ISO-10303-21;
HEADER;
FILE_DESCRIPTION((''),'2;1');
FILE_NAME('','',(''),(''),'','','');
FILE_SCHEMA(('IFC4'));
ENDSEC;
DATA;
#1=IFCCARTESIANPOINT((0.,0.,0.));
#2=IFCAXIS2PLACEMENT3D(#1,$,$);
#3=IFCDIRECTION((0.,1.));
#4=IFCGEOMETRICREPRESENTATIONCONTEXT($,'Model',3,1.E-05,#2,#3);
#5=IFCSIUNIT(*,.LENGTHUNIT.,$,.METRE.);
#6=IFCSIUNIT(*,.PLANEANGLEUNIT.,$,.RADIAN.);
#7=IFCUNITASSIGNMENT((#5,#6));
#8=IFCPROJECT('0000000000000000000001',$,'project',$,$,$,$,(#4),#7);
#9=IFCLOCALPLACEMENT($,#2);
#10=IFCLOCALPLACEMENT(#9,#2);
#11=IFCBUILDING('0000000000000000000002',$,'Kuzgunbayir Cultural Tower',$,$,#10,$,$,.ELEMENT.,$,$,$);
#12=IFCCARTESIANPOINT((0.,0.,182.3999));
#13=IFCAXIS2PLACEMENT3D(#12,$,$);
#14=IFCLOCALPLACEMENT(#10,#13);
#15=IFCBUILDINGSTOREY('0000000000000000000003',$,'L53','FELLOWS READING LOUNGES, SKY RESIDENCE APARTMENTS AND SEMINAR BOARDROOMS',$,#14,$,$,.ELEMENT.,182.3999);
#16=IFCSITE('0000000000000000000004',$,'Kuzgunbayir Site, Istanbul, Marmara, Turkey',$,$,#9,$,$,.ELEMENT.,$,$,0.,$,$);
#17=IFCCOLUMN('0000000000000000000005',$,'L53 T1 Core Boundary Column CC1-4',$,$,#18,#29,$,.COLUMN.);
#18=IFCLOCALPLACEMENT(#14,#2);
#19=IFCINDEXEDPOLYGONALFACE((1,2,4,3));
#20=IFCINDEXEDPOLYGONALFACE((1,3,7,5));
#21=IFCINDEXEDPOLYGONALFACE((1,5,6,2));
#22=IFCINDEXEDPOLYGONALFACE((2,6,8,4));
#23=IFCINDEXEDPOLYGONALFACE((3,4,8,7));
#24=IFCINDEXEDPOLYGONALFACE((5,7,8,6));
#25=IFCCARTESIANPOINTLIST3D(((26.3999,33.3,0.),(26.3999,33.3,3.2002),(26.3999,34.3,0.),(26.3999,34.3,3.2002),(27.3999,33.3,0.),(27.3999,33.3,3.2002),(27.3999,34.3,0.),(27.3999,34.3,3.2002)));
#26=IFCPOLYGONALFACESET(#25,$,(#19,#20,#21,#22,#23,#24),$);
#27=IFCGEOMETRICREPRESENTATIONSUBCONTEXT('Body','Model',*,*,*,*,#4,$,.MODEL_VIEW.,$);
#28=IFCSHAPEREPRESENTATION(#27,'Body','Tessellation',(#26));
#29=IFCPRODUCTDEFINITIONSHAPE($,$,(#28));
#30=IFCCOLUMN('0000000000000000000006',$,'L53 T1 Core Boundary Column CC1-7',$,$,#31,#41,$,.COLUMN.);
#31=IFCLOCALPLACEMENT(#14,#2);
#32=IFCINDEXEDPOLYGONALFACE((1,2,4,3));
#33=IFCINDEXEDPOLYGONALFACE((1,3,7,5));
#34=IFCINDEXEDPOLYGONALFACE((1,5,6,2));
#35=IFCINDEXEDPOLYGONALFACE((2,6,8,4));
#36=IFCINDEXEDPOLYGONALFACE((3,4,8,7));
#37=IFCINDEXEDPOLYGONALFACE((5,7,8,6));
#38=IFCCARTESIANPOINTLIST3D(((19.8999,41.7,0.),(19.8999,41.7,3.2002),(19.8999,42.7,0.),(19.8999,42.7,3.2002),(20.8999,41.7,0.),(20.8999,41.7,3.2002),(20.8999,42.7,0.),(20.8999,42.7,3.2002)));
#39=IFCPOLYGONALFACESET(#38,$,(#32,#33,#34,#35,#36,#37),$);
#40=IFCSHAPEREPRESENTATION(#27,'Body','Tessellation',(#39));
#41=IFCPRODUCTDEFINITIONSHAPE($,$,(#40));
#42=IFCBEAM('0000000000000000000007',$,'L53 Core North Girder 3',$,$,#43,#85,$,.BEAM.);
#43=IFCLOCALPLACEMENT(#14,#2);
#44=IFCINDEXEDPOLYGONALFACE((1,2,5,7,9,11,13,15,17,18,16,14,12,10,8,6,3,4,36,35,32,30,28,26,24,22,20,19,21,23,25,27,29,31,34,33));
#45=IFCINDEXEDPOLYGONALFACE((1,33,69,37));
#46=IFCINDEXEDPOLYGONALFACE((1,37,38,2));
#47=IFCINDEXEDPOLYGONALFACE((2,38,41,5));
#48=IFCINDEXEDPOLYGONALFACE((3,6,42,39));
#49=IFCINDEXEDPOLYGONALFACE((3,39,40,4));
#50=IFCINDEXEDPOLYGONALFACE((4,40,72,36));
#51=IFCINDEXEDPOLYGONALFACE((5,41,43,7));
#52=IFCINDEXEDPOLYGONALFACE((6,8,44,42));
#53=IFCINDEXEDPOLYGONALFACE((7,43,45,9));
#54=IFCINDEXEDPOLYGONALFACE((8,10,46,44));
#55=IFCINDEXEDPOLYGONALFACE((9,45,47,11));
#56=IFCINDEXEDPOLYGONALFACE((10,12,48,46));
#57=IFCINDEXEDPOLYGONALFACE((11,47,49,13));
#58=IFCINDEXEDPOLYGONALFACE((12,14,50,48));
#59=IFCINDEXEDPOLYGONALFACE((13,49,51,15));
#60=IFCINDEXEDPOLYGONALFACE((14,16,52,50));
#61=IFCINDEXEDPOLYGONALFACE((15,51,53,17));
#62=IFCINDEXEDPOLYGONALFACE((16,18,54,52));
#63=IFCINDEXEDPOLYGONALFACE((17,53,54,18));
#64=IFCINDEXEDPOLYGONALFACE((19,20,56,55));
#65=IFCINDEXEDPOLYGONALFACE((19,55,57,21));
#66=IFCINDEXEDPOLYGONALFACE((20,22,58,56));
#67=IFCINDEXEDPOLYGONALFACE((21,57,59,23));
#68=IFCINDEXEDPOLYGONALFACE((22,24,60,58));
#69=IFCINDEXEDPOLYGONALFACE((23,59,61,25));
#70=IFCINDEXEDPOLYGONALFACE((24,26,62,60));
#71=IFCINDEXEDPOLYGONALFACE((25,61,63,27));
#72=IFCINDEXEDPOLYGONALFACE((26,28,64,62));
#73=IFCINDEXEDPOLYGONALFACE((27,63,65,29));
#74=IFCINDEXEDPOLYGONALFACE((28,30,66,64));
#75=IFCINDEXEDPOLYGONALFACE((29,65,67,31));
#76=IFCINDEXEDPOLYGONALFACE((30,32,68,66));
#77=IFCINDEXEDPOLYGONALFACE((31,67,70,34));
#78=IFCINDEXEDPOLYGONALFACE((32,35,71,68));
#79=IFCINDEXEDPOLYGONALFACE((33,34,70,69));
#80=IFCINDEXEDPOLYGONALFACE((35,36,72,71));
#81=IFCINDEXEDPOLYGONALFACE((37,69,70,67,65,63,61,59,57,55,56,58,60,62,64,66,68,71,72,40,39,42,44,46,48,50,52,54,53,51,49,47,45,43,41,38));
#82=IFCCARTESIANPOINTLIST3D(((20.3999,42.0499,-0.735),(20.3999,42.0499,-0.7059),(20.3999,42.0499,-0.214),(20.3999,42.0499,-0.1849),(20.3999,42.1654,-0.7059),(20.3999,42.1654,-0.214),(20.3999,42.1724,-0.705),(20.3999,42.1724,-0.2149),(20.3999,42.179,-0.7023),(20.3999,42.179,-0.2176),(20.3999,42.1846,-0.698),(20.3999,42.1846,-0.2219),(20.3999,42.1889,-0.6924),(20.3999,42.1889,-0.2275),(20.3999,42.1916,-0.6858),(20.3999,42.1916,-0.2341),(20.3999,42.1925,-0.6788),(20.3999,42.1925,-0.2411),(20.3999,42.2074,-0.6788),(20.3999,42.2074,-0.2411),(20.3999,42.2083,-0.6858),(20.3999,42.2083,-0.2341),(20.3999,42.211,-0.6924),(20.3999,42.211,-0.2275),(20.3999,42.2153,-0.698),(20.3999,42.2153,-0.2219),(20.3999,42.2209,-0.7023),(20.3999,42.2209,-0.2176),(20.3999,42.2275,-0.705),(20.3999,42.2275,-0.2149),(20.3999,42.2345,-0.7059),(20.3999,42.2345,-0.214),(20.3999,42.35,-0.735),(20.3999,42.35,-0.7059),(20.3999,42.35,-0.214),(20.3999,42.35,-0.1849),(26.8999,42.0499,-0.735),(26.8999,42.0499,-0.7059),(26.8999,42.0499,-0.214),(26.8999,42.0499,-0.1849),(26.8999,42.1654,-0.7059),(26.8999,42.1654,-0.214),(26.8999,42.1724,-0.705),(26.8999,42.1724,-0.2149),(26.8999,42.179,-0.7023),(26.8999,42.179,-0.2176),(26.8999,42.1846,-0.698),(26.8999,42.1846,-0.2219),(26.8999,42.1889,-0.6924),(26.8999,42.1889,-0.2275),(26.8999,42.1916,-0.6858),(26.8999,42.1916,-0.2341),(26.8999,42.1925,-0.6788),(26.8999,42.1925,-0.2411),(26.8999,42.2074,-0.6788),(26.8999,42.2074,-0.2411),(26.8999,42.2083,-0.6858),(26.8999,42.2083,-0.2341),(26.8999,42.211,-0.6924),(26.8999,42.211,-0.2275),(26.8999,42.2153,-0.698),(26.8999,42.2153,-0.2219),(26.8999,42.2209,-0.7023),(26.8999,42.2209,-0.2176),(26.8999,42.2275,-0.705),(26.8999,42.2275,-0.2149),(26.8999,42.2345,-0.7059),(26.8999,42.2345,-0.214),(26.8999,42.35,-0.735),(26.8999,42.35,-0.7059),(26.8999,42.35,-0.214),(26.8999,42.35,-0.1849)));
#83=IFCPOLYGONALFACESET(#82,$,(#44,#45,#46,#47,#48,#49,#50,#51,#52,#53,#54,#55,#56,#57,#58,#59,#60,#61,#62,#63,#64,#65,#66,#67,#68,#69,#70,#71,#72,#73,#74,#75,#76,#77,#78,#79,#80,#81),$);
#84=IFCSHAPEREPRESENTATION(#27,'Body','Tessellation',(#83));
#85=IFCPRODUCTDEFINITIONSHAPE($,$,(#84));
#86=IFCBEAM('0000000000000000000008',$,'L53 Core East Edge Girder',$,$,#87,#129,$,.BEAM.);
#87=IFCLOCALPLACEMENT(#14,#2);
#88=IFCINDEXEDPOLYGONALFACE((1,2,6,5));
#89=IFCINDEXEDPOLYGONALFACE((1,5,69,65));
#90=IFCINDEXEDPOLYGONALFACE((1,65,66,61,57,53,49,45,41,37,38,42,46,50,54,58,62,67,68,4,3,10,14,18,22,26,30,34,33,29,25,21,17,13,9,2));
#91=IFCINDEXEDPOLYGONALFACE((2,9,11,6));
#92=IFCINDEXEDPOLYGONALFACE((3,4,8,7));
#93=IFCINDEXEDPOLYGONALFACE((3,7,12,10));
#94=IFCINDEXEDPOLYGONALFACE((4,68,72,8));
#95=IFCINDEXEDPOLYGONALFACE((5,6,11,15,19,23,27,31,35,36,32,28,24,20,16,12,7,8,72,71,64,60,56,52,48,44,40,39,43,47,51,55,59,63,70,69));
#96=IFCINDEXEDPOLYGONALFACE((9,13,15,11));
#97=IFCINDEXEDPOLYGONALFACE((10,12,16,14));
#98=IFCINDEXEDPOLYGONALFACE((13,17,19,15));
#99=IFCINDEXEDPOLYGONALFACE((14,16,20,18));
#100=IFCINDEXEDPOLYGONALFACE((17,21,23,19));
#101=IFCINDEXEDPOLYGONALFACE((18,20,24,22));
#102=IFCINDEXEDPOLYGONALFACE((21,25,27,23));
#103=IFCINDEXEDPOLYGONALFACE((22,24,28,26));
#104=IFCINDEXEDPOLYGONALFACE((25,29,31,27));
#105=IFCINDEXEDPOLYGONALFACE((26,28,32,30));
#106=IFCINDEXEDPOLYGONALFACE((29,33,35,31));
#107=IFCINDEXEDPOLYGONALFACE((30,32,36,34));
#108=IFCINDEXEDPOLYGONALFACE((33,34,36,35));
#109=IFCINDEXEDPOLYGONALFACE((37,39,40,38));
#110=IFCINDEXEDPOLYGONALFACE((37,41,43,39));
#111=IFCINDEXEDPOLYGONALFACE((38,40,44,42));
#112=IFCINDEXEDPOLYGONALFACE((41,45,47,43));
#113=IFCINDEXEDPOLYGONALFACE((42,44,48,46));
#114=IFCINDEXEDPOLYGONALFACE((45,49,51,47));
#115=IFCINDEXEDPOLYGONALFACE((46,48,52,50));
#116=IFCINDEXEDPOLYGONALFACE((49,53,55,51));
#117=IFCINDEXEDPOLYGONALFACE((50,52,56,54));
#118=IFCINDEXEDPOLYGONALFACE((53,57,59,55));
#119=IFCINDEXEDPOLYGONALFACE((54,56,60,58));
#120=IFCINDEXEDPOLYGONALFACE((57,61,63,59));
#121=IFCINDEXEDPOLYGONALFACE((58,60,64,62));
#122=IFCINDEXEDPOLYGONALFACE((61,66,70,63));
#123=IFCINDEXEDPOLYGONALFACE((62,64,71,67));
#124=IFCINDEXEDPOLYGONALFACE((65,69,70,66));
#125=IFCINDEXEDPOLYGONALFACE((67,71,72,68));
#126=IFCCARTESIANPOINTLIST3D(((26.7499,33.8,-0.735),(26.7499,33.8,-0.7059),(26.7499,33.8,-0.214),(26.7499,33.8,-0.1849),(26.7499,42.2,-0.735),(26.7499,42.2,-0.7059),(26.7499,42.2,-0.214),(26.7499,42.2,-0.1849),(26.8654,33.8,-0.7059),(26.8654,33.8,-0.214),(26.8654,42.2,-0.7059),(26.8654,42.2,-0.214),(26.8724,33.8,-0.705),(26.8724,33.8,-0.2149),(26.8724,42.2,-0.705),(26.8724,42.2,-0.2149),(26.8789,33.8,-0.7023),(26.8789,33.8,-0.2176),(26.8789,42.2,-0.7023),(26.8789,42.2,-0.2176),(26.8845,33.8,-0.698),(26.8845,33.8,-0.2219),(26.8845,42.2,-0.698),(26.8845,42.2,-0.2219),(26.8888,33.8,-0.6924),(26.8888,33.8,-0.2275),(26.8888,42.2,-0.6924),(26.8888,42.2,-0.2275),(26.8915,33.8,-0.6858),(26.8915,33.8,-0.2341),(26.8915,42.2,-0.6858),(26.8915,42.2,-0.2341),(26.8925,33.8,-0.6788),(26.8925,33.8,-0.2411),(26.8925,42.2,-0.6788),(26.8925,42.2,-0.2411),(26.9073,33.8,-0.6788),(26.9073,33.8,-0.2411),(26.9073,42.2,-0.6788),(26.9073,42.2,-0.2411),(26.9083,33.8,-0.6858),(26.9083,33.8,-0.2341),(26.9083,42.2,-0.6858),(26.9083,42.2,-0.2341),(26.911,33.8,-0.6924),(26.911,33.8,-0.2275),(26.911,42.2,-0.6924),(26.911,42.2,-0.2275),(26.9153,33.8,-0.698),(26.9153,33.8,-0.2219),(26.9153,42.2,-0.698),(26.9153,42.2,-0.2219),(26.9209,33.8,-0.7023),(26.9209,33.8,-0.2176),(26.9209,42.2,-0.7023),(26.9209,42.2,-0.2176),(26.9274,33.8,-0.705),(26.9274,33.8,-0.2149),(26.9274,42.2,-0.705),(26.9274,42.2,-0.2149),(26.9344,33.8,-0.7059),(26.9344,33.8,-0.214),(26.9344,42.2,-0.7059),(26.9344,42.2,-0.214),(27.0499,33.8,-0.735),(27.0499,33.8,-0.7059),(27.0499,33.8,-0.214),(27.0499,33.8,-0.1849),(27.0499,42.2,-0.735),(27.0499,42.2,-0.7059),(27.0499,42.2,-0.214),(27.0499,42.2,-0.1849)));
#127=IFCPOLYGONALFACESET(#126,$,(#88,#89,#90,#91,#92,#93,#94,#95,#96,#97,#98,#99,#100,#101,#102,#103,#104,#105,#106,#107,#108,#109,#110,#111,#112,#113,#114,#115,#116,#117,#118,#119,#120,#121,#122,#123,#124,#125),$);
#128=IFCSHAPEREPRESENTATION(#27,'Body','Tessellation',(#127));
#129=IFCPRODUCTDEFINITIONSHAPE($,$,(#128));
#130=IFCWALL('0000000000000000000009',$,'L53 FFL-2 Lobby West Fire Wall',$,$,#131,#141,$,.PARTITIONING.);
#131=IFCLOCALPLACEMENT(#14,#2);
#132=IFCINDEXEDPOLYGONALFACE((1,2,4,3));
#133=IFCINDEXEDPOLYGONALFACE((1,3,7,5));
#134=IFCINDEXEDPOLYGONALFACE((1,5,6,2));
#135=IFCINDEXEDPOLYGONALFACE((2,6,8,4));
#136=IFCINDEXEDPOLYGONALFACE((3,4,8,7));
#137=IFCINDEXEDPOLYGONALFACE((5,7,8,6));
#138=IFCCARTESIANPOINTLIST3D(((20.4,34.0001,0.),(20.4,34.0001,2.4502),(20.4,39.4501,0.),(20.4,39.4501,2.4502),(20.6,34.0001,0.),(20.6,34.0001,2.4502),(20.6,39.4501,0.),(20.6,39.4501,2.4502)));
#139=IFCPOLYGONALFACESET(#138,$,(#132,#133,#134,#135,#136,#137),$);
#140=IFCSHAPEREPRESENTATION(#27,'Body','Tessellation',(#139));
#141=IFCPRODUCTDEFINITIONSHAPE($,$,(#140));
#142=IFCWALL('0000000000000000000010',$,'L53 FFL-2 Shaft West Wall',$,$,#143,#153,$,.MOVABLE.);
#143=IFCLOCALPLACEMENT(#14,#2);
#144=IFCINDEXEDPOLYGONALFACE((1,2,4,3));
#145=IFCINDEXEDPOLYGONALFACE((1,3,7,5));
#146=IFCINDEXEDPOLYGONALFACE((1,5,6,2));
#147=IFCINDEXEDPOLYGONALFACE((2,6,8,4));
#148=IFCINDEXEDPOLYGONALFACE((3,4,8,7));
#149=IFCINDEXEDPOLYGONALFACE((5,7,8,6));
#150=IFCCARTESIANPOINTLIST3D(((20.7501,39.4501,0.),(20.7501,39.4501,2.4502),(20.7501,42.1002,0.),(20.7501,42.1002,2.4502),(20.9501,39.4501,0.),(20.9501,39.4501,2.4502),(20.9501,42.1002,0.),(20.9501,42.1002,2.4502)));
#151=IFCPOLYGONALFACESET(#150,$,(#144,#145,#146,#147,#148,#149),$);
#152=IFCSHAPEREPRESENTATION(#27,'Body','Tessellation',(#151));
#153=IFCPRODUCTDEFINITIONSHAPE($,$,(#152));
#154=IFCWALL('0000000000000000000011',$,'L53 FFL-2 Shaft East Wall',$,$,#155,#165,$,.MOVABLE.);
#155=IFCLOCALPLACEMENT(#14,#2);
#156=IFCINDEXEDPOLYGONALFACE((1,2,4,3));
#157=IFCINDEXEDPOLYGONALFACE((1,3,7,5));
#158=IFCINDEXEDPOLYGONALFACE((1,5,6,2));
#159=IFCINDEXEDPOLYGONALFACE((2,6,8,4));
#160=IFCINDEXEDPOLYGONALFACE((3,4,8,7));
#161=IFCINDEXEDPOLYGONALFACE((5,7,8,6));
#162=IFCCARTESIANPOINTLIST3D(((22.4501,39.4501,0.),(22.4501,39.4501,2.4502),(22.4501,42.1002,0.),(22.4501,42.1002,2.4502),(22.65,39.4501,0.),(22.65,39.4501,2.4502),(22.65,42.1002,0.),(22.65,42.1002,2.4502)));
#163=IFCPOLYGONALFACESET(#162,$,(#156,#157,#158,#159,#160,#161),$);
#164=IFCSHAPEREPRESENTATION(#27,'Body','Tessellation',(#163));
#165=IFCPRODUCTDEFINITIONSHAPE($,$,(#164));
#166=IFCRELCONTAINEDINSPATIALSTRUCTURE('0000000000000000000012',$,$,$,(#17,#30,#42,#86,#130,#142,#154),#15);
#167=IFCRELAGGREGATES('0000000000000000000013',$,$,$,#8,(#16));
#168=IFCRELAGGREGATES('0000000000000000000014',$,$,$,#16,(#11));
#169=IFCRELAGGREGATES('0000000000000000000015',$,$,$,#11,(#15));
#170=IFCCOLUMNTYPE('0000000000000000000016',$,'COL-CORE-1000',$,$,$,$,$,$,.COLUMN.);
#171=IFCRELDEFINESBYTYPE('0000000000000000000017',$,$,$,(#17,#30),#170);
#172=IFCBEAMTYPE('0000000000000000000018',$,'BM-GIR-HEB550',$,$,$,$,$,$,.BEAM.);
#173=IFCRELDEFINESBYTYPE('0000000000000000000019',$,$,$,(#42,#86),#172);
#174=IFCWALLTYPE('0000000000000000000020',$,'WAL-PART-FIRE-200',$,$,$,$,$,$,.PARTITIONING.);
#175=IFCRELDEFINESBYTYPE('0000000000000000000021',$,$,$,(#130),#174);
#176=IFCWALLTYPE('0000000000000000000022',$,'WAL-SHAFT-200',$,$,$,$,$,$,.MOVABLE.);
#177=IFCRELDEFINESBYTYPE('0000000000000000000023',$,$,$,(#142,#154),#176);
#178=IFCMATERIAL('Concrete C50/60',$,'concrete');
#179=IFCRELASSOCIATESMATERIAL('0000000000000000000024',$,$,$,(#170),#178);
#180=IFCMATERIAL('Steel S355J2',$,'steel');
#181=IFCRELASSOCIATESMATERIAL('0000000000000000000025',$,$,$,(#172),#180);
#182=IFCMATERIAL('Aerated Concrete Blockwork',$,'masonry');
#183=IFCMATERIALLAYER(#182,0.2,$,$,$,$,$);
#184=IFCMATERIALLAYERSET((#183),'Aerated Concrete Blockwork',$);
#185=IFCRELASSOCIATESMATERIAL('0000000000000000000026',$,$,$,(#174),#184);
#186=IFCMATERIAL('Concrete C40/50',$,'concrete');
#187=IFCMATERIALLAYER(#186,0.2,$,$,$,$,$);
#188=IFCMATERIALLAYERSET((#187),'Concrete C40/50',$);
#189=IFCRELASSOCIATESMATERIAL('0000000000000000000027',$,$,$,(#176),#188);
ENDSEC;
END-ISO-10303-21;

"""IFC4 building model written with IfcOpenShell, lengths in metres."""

from ifc_helpers import new_model, si_unit, direction, frame, frame_2d, origin, origin_2d, place, context, subcontext, project, spatial, rectangle, i_section, extrude, material, layer, layer_set, material_profile, profile_set, type_object, element, save


model = new_model("IFC4")

# Units and contexts
model_context = context("Model", 3, precision=1e-05, world=origin(), true_north=direction((0.0, 1.0)))
body_context = subcontext(model_context, "Body", "Model", "MODEL_VIEW")
ifc_project = project(units=[si_unit("LENGTHUNIT", "METRE"), si_unit("PLANEANGLEUNIT", "RADIAN")], contexts=[model_context])

# Site, building, storey
site_placement = place(None, origin())
site = spatial("IfcSite", under=ifc_project, at=site_placement, Name="Kuzgunbayir Site, Istanbul, Marmara, Turkey", CompositionType="ELEMENT", RefElevation=0.0)
building_placement = place(site_placement, origin())
building = spatial("IfcBuilding", under=site, at=building_placement, Name="Kuzgunbayir Cultural Tower", CompositionType="ELEMENT")
storey_placement = place(building_placement, frame((0.0, 0.0, 182.3999)))
storey = spatial("IfcBuildingStorey", under=building, at=storey_placement, Name="L53", Description="FELLOWS READING LOUNGES, SKY RESIDENCE APARTMENTS AND SEMINAR BOARDROOMS", CompositionType="ELEMENT", Elevation=182.3999)

# Columns
ifc_material_1 = material(Name="Concrete C50/60", Category="concrete")
ifc_material_profile_1 = material_profile(ifc_material_1, rectangle(XDim=1.0, YDim=1.0, at=origin_2d()), Name="RC 1000x1000")
ifc_profile_set_1 = profile_set([ifc_material_profile_1], Name="Concrete C50/60")
column_type = type_object("IfcColumnType", Name="COL-CORE-1000", PredefinedType="COLUMN", material=ifc_profile_set_1)
for number, where, z_axis, x_axis, name in (
    (1, (26.8999, 33.8, 0.0), (0.0, 0.0, 1.0), (1.0, 0.0, 0.0), "L53 T1 Core Boundary Column CC1-4"),
    (2, (20.3999, 42.2, 0.0), (0.0, 0.0, 1.0), (1.0, 0.0, 0.0), "L53 T1 Core Boundary Column CC1-7"),
):
    element("IfcColumn", number, at=place(storey_placement, frame(where, z_axis=z_axis, x_axis=x_axis)), inside=storey, type_object=column_type, Name=name, PredefinedType="COLUMN", context=body_context, shape_type="SweptSolid", body=[
        extrude(rectangle(XDim=1.0, YDim=1.0, at=origin_2d()), origin(), (0.0, 0.0, 1.0), 3.2002),
    ])

# Beams
ifc_material_2 = material(Name="Steel S355J2", Category="steel")
ifc_material_profile_2 = material_profile(ifc_material_2, i_section(OverallWidth=0.3, OverallDepth=0.55, WebThickness=0.0149, FlangeThickness=0.0291, FilletRadius=0.0271, at=origin_2d()), Name="HEB 550")
ifc_profile_set_2 = profile_set([ifc_material_profile_2], Name="Steel S355J2")
beam_type = type_object("IfcBeamType", Name="BM-GIR-HEB550", PredefinedType="BEAM", material=ifc_profile_set_2)
beam_1_placement = place(storey_placement, frame((20.3999, 42.2, -0.46), z_axis=(1.0, 0.0, 0.0), x_axis=(0.0, 1.0, 0.0)))
element("IfcBeam", 3, at=beam_1_placement, inside=storey, type_object=beam_type, Name="L53 Core North Girder 3", PredefinedType="BEAM", context=body_context, shape_type="SweptSolid", body=[
    extrude(i_section(OverallWidth=0.3, OverallDepth=0.55, WebThickness=0.0149, FlangeThickness=0.0291, FilletRadius=0.0271, at=origin_2d()), origin(), (0.0, 0.0, 1.0), 6.5),
])
beam_2_placement = place(storey_placement, frame((26.8999, 33.8, -0.46), z_axis=(0.0, 1.0, 0.0), x_axis=(-1.0, 0.0, 0.0)))
element("IfcBeam", 4, at=beam_2_placement, inside=storey, type_object=beam_type, Name="L53 Core East Edge Girder", PredefinedType="BEAM", context=body_context, shape_type="SweptSolid", body=[
    extrude(i_section(OverallWidth=0.3, OverallDepth=0.55, WebThickness=0.0149, FlangeThickness=0.0291, FilletRadius=0.0271, at=origin_2d()), origin(), (0.0, 0.0, 1.0), 8.3999),
])

# Wall
ifc_material_3 = material(Name="Aerated Concrete Blockwork", Category="masonry")
ifc_layer_1 = layer(ifc_material_3, 0.2)
ifc_layer_set_1 = layer_set([ifc_layer_1], Name="Aerated Concrete Blockwork")
wall_type_1 = type_object("IfcWallType", Name="WAL-PART-FIRE-200", PredefinedType="PARTITIONING", material=ifc_layer_set_1)
wall_1_placement = place(storey_placement, frame((20.5, 34.0, 0.0), z_axis=(0.0, 0.0, 1.0), x_axis=(0.0, 1.0, 0.0)))
element("IfcWall", 5, at=wall_1_placement, inside=storey, type_object=wall_type_1, Name="L53 FFL-2 Lobby West Fire Wall", PredefinedType="PARTITIONING", context=body_context, shape_type="SweptSolid", body=[
    extrude(rectangle(XDim=5.45, YDim=0.2, at=frame_2d((2.7251, 0.0))), origin(), (0.0, 0.0, 1.0), 2.4502),
])

# Shared definitions
ifc_material_4 = material(Name="Concrete C40/50", Category="concrete")
ifc_layer_2 = layer(ifc_material_4, 0.2)
ifc_layer_set_2 = layer_set([ifc_layer_2], Name="Concrete C40/50")
wall_type_2 = type_object("IfcWallType", Name="WAL-SHAFT-200", PredefinedType="MOVABLE", material=ifc_layer_set_2)

# Walls
for number, where, z_axis, x_axis, name in (
    (6, (20.8501, 39.45, 0.0), (0.0, 0.0, 1.0), (0.0, 1.0, 0.0), "L53 FFL-2 Shaft West Wall"),
    (7, (22.55, 39.45, 0.0), (0.0, 0.0, 1.0), (0.0, 1.0, 0.0), "L53 FFL-2 Shaft East Wall"),
):
    element("IfcWall", number, at=place(storey_placement, frame(where, z_axis=z_axis, x_axis=x_axis)), inside=storey, type_object=wall_type_2, Name=name, PredefinedType="MOVABLE", context=body_context, shape_type="SweptSolid", body=[
        extrude(rectangle(XDim=2.6501, YDim=0.2, at=frame_2d((1.3252, 0.0))), origin(), (0.0, 0.0, 1.0), 2.4502),
    ])

save(model, "model.ifc")
